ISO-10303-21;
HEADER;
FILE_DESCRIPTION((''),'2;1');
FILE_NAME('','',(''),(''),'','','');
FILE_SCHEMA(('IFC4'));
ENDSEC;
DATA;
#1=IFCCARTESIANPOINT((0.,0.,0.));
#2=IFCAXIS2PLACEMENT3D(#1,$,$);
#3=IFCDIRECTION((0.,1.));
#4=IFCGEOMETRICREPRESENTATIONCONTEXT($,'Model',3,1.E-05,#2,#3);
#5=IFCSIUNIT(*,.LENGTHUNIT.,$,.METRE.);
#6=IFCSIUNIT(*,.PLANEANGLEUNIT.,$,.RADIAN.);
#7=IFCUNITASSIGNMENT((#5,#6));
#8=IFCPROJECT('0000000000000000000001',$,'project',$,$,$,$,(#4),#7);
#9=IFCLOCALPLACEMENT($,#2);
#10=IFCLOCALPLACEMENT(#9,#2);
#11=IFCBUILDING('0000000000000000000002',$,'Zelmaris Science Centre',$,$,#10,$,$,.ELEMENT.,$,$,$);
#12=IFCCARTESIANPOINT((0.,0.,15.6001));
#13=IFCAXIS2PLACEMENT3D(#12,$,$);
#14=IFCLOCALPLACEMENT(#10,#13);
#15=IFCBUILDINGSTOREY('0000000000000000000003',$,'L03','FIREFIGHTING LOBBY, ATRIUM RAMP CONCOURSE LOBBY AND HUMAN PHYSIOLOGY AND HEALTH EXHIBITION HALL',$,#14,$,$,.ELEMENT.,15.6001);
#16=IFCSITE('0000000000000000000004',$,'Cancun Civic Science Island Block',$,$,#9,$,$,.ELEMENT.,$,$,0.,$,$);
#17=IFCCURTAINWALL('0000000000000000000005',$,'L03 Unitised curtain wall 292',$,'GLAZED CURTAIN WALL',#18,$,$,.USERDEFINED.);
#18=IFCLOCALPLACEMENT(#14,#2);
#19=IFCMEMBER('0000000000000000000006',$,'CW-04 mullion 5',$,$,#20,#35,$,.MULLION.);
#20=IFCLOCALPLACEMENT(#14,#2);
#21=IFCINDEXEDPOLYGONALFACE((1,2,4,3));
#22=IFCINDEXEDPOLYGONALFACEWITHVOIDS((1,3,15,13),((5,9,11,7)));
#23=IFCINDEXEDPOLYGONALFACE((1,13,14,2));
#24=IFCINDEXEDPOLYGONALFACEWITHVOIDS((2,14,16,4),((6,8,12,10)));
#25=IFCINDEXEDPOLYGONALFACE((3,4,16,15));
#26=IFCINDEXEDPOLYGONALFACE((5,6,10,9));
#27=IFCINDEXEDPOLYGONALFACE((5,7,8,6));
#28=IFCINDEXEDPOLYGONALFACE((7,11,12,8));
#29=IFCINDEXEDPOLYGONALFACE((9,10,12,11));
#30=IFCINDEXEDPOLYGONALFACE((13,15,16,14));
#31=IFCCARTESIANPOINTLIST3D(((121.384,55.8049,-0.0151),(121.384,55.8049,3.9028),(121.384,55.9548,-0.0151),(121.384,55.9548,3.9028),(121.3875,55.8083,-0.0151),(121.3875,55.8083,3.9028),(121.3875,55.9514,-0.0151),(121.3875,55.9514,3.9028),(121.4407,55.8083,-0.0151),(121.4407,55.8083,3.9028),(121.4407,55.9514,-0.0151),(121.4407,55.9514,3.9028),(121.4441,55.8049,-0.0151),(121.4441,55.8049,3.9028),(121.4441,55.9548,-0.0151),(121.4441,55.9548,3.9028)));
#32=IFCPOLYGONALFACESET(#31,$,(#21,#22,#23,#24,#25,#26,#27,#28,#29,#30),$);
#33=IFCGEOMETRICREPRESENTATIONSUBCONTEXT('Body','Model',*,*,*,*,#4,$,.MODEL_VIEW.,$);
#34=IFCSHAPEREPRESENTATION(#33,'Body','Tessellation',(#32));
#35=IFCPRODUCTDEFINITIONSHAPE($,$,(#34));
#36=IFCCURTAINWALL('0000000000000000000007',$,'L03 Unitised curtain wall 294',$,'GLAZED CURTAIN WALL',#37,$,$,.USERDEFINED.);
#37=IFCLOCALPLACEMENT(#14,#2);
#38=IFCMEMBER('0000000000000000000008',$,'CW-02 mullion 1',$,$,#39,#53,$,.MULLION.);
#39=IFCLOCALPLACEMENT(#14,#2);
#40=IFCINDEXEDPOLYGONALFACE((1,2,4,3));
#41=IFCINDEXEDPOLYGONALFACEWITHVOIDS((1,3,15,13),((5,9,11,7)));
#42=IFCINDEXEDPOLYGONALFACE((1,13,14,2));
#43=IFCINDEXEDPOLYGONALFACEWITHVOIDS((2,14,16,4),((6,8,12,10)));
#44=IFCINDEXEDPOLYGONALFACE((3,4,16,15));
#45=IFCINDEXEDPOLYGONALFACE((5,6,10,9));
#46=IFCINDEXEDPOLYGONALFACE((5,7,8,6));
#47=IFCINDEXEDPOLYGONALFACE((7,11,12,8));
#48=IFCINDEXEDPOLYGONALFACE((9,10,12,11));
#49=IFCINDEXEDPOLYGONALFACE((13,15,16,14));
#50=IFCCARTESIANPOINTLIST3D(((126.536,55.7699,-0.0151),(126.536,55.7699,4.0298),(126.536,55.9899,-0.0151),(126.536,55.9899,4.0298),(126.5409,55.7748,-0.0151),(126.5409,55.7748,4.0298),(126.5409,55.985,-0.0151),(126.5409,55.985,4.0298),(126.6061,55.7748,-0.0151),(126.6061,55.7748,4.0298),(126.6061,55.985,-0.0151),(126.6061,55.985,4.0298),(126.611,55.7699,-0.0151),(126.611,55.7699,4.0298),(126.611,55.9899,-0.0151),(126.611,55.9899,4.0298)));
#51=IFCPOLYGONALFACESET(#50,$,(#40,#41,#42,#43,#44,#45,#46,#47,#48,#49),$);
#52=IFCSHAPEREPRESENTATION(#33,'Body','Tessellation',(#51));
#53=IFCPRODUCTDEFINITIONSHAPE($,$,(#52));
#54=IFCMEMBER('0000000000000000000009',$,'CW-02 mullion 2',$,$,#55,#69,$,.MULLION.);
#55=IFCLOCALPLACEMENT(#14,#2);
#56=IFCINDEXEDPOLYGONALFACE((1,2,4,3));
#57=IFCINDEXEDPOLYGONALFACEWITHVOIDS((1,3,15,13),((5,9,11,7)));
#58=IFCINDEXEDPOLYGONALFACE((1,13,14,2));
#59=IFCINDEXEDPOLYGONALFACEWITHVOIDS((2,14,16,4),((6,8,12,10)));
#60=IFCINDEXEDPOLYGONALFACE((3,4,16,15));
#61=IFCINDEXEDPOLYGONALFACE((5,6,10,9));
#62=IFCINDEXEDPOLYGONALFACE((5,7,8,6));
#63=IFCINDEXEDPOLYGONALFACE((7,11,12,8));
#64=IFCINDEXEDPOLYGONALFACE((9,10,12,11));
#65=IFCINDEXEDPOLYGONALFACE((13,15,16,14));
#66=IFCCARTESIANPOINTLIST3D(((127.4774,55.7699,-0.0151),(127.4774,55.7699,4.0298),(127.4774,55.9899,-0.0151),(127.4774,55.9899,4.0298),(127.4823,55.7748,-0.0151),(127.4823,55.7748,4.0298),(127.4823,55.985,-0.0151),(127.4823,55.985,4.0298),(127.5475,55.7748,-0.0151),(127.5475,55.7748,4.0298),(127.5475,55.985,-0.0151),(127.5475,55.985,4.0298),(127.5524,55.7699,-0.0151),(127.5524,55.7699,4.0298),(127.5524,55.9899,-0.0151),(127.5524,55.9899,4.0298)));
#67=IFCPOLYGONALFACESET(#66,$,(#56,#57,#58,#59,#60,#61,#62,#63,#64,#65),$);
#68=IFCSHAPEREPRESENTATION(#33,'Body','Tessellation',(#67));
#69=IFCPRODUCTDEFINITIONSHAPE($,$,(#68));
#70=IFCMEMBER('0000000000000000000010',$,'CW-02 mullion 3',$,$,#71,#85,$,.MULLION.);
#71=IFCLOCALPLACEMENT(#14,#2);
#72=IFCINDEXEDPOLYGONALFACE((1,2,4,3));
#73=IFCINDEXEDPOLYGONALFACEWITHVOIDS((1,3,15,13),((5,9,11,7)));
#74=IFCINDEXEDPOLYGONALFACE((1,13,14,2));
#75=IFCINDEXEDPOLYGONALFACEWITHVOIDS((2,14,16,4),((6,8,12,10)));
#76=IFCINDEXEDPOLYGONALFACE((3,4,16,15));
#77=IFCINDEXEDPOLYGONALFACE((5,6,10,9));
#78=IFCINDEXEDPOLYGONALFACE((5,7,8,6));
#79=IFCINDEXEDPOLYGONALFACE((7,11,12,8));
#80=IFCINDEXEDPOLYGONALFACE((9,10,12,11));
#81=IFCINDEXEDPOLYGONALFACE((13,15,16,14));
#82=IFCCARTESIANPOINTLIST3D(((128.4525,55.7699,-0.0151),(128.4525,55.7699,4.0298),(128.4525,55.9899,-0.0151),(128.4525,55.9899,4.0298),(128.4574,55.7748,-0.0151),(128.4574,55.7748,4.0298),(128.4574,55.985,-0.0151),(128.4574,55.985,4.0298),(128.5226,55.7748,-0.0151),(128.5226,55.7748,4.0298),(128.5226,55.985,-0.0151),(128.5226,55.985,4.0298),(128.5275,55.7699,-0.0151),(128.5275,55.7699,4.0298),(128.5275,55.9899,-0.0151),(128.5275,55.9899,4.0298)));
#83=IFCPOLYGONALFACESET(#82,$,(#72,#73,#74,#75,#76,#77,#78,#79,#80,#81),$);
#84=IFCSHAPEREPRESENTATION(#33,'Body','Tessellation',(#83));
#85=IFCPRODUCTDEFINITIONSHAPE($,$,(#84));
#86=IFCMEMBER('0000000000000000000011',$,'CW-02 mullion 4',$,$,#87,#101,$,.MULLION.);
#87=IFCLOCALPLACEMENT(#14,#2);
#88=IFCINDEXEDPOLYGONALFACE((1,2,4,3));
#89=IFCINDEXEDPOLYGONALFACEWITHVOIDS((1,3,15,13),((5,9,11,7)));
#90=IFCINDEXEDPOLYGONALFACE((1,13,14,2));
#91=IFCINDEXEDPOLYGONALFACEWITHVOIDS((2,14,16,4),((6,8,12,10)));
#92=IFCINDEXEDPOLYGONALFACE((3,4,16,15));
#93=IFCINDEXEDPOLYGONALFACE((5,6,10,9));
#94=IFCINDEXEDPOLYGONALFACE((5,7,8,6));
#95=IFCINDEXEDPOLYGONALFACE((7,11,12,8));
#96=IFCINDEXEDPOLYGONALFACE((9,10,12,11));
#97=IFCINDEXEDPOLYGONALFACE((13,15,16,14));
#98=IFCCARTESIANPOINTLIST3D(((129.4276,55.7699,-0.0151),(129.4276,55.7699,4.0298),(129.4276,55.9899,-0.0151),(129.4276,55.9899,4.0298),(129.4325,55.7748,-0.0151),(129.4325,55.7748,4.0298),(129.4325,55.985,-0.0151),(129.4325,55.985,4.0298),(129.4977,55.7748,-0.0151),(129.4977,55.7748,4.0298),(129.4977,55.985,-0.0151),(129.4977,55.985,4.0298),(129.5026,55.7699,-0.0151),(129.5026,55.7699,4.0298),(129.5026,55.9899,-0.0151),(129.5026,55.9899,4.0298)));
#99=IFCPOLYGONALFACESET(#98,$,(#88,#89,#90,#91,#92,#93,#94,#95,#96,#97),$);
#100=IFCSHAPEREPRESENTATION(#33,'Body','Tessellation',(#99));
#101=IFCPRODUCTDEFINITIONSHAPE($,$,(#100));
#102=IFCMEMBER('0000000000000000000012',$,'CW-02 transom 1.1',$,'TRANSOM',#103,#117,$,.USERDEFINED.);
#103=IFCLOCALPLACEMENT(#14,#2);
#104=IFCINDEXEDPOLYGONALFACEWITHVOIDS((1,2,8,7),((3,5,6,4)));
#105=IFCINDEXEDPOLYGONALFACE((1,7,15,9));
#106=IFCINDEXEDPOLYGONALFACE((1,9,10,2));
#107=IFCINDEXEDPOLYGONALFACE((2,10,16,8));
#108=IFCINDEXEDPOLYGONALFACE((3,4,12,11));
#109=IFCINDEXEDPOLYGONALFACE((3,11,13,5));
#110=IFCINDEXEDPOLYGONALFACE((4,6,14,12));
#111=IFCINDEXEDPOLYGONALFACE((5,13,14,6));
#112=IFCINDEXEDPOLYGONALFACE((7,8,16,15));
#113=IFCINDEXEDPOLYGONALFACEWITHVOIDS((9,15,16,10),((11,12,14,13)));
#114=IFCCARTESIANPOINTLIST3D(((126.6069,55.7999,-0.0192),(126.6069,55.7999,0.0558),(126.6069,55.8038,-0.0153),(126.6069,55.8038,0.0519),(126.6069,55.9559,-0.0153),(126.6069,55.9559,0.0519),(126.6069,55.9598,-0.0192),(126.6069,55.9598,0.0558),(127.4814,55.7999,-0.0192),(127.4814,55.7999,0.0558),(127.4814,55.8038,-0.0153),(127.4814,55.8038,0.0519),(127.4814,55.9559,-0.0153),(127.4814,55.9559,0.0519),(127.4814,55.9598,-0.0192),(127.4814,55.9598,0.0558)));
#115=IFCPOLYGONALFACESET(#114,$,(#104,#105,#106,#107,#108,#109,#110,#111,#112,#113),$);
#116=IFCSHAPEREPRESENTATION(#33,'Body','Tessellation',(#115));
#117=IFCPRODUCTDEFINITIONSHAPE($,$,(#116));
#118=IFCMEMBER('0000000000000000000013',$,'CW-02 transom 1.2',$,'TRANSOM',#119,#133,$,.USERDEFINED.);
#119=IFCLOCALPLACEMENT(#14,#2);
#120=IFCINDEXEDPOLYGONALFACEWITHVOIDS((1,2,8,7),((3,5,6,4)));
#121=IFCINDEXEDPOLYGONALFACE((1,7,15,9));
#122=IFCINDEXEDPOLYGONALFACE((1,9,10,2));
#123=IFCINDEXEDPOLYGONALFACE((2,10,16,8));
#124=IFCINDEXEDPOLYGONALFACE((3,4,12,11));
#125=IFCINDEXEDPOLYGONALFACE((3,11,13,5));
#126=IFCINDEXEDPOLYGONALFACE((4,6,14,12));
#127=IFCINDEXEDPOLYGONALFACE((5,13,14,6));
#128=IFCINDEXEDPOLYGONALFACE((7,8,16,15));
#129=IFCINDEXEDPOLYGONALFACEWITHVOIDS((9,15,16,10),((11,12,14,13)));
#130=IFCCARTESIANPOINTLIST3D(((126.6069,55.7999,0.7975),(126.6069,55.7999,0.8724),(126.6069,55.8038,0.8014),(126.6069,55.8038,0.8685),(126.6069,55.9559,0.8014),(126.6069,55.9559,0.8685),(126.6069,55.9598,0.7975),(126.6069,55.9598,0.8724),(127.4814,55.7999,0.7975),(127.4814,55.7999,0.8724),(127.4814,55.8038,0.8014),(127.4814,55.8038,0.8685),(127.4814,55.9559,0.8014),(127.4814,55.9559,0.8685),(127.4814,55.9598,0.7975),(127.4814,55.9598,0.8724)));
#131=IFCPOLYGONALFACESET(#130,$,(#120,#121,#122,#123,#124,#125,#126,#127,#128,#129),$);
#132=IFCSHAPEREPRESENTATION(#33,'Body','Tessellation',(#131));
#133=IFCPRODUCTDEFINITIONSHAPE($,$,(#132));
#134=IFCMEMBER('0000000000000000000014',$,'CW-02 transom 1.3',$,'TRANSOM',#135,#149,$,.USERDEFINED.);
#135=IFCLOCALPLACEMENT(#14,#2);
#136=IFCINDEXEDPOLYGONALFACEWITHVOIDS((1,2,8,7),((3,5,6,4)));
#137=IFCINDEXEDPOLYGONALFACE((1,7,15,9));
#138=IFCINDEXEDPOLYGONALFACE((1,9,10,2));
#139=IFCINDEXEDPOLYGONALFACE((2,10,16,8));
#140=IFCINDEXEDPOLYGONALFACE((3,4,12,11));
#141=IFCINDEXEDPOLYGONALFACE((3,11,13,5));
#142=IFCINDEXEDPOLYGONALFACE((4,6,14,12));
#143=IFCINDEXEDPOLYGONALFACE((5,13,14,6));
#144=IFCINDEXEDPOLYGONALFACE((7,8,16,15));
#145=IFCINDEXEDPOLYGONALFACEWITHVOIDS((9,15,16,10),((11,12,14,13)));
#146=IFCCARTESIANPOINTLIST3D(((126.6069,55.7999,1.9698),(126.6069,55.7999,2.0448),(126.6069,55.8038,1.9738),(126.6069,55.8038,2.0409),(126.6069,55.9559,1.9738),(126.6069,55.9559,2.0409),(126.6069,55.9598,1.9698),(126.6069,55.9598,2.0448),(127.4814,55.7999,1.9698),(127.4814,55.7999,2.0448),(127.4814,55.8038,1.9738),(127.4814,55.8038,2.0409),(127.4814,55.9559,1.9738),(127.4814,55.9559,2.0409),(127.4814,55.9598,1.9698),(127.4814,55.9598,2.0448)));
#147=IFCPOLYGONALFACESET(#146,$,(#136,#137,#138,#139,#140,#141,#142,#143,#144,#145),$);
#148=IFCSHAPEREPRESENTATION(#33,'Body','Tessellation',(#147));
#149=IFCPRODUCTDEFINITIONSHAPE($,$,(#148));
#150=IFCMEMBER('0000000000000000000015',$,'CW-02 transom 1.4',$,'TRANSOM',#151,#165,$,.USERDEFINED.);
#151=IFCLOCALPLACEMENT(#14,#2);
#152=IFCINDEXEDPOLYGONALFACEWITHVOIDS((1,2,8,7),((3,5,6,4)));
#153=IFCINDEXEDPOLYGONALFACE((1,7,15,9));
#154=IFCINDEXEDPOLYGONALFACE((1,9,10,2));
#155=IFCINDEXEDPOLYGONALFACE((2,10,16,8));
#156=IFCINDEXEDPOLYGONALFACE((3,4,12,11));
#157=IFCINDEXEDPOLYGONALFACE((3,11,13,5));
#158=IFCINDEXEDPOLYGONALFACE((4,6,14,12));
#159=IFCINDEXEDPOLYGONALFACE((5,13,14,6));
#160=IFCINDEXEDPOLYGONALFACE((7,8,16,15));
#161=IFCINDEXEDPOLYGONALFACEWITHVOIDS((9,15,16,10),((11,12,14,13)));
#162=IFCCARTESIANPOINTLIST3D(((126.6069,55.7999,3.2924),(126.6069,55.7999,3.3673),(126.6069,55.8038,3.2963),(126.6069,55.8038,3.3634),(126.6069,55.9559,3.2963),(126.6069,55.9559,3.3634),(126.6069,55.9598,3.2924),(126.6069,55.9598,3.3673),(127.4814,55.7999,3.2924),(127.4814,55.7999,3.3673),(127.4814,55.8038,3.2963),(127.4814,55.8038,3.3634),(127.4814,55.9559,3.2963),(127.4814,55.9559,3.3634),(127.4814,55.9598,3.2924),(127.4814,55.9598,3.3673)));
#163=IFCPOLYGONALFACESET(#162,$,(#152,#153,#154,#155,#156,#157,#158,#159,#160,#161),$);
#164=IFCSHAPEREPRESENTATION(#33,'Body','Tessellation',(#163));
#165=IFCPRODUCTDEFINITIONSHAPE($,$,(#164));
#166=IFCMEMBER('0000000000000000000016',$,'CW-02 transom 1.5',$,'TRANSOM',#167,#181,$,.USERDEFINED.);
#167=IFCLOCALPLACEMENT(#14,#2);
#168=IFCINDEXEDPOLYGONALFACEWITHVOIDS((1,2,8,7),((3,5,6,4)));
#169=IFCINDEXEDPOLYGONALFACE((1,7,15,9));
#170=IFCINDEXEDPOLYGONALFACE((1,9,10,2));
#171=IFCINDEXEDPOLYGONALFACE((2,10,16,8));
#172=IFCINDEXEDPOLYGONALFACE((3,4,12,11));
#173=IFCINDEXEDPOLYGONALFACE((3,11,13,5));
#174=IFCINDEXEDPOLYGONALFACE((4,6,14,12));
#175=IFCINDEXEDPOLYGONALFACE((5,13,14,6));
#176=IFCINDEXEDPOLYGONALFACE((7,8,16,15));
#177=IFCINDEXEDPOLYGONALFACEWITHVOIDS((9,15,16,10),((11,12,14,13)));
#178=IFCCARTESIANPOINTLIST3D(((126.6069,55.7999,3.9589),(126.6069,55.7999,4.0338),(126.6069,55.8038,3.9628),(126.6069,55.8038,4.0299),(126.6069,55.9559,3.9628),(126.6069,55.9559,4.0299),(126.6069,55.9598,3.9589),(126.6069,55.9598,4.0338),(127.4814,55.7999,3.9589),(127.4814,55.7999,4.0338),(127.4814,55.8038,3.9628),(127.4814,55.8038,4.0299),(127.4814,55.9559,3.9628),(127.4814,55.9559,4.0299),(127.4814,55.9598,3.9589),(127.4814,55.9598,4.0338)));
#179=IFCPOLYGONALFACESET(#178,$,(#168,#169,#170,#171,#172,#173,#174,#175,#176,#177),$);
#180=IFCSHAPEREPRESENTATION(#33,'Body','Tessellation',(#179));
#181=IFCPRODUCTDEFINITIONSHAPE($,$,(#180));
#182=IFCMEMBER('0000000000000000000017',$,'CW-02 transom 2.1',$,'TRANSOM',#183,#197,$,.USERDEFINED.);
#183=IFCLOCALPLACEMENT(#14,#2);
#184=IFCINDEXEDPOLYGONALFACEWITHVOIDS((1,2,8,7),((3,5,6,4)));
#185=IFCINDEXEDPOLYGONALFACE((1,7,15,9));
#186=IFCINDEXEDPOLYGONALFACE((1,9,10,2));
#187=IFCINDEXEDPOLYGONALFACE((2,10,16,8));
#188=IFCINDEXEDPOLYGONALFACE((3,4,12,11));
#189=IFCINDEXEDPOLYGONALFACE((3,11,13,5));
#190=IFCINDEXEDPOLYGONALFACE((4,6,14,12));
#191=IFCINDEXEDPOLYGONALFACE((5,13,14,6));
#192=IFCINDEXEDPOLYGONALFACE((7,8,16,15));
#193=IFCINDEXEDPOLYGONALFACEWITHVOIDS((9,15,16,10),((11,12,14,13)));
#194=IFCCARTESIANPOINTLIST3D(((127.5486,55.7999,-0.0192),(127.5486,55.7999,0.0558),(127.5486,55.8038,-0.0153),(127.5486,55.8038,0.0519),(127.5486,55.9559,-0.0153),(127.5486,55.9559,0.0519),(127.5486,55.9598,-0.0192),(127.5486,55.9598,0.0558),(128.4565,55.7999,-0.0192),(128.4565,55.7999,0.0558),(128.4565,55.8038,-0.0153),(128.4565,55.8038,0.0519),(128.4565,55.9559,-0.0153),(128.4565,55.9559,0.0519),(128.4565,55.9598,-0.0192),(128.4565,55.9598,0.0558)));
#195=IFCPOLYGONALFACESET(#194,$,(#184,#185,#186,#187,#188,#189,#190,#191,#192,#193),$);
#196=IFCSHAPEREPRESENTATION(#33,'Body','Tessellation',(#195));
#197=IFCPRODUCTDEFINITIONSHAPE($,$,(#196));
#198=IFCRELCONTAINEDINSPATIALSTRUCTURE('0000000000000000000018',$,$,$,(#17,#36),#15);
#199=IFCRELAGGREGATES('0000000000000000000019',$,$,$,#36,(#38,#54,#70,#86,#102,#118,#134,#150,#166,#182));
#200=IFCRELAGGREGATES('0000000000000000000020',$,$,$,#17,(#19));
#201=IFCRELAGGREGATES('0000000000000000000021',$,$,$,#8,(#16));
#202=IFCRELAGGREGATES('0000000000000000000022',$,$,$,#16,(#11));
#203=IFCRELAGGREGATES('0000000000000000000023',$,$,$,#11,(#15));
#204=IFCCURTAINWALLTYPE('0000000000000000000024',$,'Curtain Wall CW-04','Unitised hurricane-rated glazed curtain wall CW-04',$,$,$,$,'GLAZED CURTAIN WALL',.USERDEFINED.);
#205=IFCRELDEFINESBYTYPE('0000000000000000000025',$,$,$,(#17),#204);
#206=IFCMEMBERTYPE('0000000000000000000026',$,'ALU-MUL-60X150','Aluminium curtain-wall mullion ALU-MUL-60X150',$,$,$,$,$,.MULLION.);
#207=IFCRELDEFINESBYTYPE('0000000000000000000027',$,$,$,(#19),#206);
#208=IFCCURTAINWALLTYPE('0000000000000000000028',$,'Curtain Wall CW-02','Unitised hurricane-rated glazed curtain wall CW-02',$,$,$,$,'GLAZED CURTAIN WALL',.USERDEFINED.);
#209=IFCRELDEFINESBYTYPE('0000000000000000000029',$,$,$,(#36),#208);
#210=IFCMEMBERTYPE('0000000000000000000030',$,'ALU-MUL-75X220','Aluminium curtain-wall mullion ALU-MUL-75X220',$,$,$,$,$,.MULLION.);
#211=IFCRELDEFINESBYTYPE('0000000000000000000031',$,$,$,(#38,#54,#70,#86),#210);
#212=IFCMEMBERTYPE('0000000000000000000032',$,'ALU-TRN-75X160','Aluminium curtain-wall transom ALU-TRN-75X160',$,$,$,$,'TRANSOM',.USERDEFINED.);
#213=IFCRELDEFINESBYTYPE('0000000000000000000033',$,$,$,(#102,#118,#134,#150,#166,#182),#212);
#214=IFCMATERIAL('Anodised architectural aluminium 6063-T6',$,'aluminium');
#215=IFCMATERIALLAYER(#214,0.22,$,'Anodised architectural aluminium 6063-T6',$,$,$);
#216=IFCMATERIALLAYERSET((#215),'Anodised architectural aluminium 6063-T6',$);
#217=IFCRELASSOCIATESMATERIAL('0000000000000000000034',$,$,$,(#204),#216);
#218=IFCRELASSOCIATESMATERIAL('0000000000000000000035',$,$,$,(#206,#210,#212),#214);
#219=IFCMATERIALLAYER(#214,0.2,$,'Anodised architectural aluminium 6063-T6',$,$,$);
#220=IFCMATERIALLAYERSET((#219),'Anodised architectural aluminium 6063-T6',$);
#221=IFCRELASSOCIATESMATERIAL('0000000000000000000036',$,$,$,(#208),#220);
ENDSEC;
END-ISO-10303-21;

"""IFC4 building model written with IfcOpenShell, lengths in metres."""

from ifc_helpers import new_model, si_unit, direction, frame, origin, origin_2d, place, context, subcontext, project, spatial, hollow_rectangle, extrude, material, layer, layer_set, material_profile, profile_set, type_object, element, aggregate, save


model = new_model("IFC4")

# Units and contexts
model_context = context("Model", 3, precision=1e-05, world=origin(), true_north=direction((0.0, 1.0)))
body_context = subcontext(model_context, "Body", "Model", "MODEL_VIEW")
ifc_project = project(units=[si_unit("LENGTHUNIT", "METRE"), si_unit("PLANEANGLEUNIT", "RADIAN")], contexts=[model_context])

# Site, building, storey
site_placement = place(None, origin())
site = spatial("IfcSite", under=ifc_project, at=site_placement, Name="Cancun Civic Science Island Block", CompositionType="ELEMENT", RefElevation=0.0)
building_placement = place(site_placement, origin())
building = spatial("IfcBuilding", under=site, at=building_placement, Name="Zelmaris Science Centre", CompositionType="ELEMENT")
storey_placement = place(building_placement, frame((0.0, 0.0, 15.6001)))
storey = spatial("IfcBuildingStorey", under=building, at=storey_placement, Name="L03", Description="FIREFIGHTING LOBBY, ATRIUM RAMP CONCOURSE LOBBY AND HUMAN PHYSIOLOGY AND HEALTH EXHIBITION HALL", CompositionType="ELEMENT", Elevation=15.6001)

# Curtain wall, member
ifc_material_1 = material(Name="Anodised architectural aluminium 6063-T6", Category="aluminium")
ifc_layer_1 = layer(ifc_material_1, 0.22, Name="Anodised architectural aluminium 6063-T6")
ifc_layer_set_1 = layer_set([ifc_layer_1], Name="Anodised architectural aluminium 6063-T6")
curtain_wall_type_1 = type_object("IfcCurtainWallType", Name="Curtain Wall CW-04", Description="Unitised hurricane-rated glazed curtain wall CW-04", ElementType="GLAZED CURTAIN WALL", PredefinedType="USERDEFINED", material=ifc_layer_set_1)
curtain_wall_1_placement = place(storey_placement, origin())
curtain_wall_1 = element("IfcCurtainWall", 1, at=curtain_wall_1_placement, inside=storey, type_object=curtain_wall_type_1, Name="L03 Unitised curtain wall 292", ObjectType="GLAZED CURTAIN WALL", PredefinedType="USERDEFINED")
ifc_material_profile_1 = material_profile(ifc_material_1, hollow_rectangle(XDim=0.0601, YDim=0.1499, WallThickness=0.0034, at=origin_2d()), Name="ALU-MUL-60X150")
ifc_profile_set_1 = profile_set([ifc_material_profile_1], Name="Anodised architectural aluminium 6063-T6")
member_type_1 = type_object("IfcMemberType", Name="ALU-MUL-60X150", Description="Aluminium curtain-wall mullion ALU-MUL-60X150", PredefinedType="MULLION", material=ifc_profile_set_1)
member_1_placement = place(storey_placement, frame((121.4141, 55.8799, -0.0151), z_axis=(0.0, 0.0, 1.0), x_axis=(1.0, -0.000003, 0.0)))
member_1 = element("IfcMember", 2, at=member_1_placement, type_object=member_type_1, Name="CW-04 mullion 5", PredefinedType="MULLION", context=body_context, shape_type="SweptSolid", body=[
    extrude(hollow_rectangle(XDim=0.0601, YDim=0.1499, WallThickness=0.0034, at=origin_2d()), origin(), (0.0, 0.0, 1.0), 3.918),
])

# Curtain wall, members
ifc_layer_2 = layer(ifc_material_1, 0.2, Name="Anodised architectural aluminium 6063-T6")
ifc_layer_set_2 = layer_set([ifc_layer_2], Name="Anodised architectural aluminium 6063-T6")
curtain_wall_type_2 = type_object("IfcCurtainWallType", Name="Curtain Wall CW-02", Description="Unitised hurricane-rated glazed curtain wall CW-02", ElementType="GLAZED CURTAIN WALL", PredefinedType="USERDEFINED", material=ifc_layer_set_2)
curtain_wall_2_placement = place(storey_placement, origin())
curtain_wall_2 = element("IfcCurtainWall", 3, at=curtain_wall_2_placement, inside=storey, type_object=curtain_wall_type_2, Name="L03 Unitised curtain wall 294", ObjectType="GLAZED CURTAIN WALL", PredefinedType="USERDEFINED")
ifc_material_profile_2 = material_profile(ifc_material_1, hollow_rectangle(XDim=0.075, YDim=0.22, WallThickness=0.0049, at=origin_2d()), Name="ALU-MUL-75X220")
ifc_profile_set_2 = profile_set([ifc_material_profile_2], Name="Anodised architectural aluminium 6063-T6")
member_type_2 = type_object("IfcMemberType", Name="ALU-MUL-75X220", Description="Aluminium curtain-wall mullion ALU-MUL-75X220", PredefinedType="MULLION", material=ifc_profile_set_2)
member_2_placement = place(storey_placement, frame((126.5735, 55.8799, -0.0151), z_axis=(0.0, 0.0, 1.0), x_axis=(1.0, -0.000003, 0.0)))
member_2 = element("IfcMember", 4, at=member_2_placement, type_object=member_type_2, Name="CW-02 mullion 1", PredefinedType="MULLION", context=body_context, shape_type="SweptSolid", body=[
    extrude(hollow_rectangle(XDim=0.075, YDim=0.22, WallThickness=0.0049, at=origin_2d()), origin(), (0.0, 0.0, 1.0), 4.0449),
])
member_3_placement = place(storey_placement, frame((127.5149, 55.8799, -0.0151), z_axis=(0.0, 0.0, 1.0), x_axis=(1.0, -0.000003, 0.0)))
member_3 = element("IfcMember", 5, at=member_3_placement, type_object=member_type_2, Name="CW-02 mullion 2", PredefinedType="MULLION", context=body_context, shape_type="SweptSolid", body=[
    extrude(hollow_rectangle(XDim=0.075, YDim=0.22, WallThickness=0.0049, at=origin_2d()), origin(), (0.0, 0.0, 1.0), 4.0449),
])
member_4_placement = place(storey_placement, frame((128.49, 55.8799, -0.0151), z_axis=(0.0, 0.0, 1.0), x_axis=(1.0, -0.000003, 0.0)))
member_4 = element("IfcMember", 6, at=member_4_placement, type_object=member_type_2, Name="CW-02 mullion 3", PredefinedType="MULLION", context=body_context, shape_type="SweptSolid", body=[
    extrude(hollow_rectangle(XDim=0.075, YDim=0.22, WallThickness=0.0049, at=origin_2d()), origin(), (0.0, 0.0, 1.0), 4.0449),
])
member_5_placement = place(storey_placement, frame((129.4651, 55.8799, -0.0151), z_axis=(0.0, 0.0, 1.0), x_axis=(1.0, -0.000003, 0.0)))
member_5 = element("IfcMember", 7, at=member_5_placement, type_object=member_type_2, Name="CW-02 mullion 4", PredefinedType="MULLION", context=body_context, shape_type="SweptSolid", body=[
    extrude(hollow_rectangle(XDim=0.075, YDim=0.22, WallThickness=0.0049, at=origin_2d()), origin(), (0.0, 0.0, 1.0), 4.0449),
])
ifc_material_profile_3 = material_profile(ifc_material_1, hollow_rectangle(XDim=0.075, YDim=0.1599, WallThickness=0.0039, at=origin_2d()), Name="ALU-TRN-75X160")
ifc_profile_set_3 = profile_set([ifc_material_profile_3], Name="Anodised architectural aluminium 6063-T6")
member_type_3 = type_object("IfcMemberType", Name="ALU-TRN-75X160", Description="Aluminium curtain-wall transom ALU-TRN-75X160", ElementType="TRANSOM", PredefinedType="USERDEFINED", material=ifc_profile_set_3)
member_6_placement = place(storey_placement, frame((126.6069, 55.8799, 0.0183), z_axis=(1.0, 0.0, 0.0), x_axis=(0.0, 0.0, 1.0)))
member_6 = element("IfcMember", 8, at=member_6_placement, type_object=member_type_3, Name="CW-02 transom 1.1", ObjectType="TRANSOM", PredefinedType="USERDEFINED", context=body_context, shape_type="SweptSolid", body=[
    extrude(hollow_rectangle(XDim=0.075, YDim=0.1599, WallThickness=0.0039, at=origin_2d()), origin(), (0.0, 0.0, 1.0), 0.8745),
])
member_7_placement = place(storey_placement, frame((126.6069, 55.8799, 0.835), z_axis=(1.0, 0.0, 0.0), x_axis=(0.0, 0.0, 1.0)))
member_7 = element("IfcMember", 9, at=member_7_placement, type_object=member_type_3, Name="CW-02 transom 1.2", ObjectType="TRANSOM", PredefinedType="USERDEFINED", context=body_context, shape_type="SweptSolid", body=[
    extrude(hollow_rectangle(XDim=0.075, YDim=0.1599, WallThickness=0.0039, at=origin_2d()), origin(), (0.0, 0.0, 1.0), 0.8745),
])
member_8_placement = place(storey_placement, frame((126.6069, 55.8799, 2.0073), z_axis=(1.0, 0.0, 0.0), x_axis=(0.0, 0.0, 1.0)))
member_8 = element("IfcMember", 10, at=member_8_placement, type_object=member_type_3, Name="CW-02 transom 1.3", ObjectType="TRANSOM", PredefinedType="USERDEFINED", context=body_context, shape_type="SweptSolid", body=[
    extrude(hollow_rectangle(XDim=0.075, YDim=0.1599, WallThickness=0.0039, at=origin_2d()), origin(), (0.0, 0.0, 1.0), 0.8745),
])
member_9_placement = place(storey_placement, frame((126.6069, 55.8799, 3.3298), z_axis=(1.0, 0.0, 0.0), x_axis=(0.0, 0.0, 1.0)))
member_9 = element("IfcMember", 11, at=member_9_placement, type_object=member_type_3, Name="CW-02 transom 1.4", ObjectType="TRANSOM", PredefinedType="USERDEFINED", context=body_context, shape_type="SweptSolid", body=[
    extrude(hollow_rectangle(XDim=0.075, YDim=0.1599, WallThickness=0.0039, at=origin_2d()), origin(), (0.0, 0.0, 1.0), 0.8745),
])
member_10_placement = place(storey_placement, frame((126.6069, 55.8799, 3.9963), z_axis=(1.0, 0.0, 0.0), x_axis=(0.0, 0.0, 1.0)))
member_10 = element("IfcMember", 12, at=member_10_placement, type_object=member_type_3, Name="CW-02 transom 1.5", ObjectType="TRANSOM", PredefinedType="USERDEFINED", context=body_context, shape_type="SweptSolid", body=[
    extrude(hollow_rectangle(XDim=0.075, YDim=0.1599, WallThickness=0.0039, at=origin_2d()), origin(), (0.0, 0.0, 1.0), 0.8745),
])
member_11_placement = place(storey_placement, frame((127.5486, 55.8799, 0.0183), z_axis=(1.0, 0.0, 0.0), x_axis=(0.0, 0.0, 1.0)))
member_11 = element("IfcMember", 13, at=member_11_placement, type_object=member_type_3, Name="CW-02 transom 2.1", ObjectType="TRANSOM", PredefinedType="USERDEFINED", context=body_context, shape_type="SweptSolid", body=[
    extrude(hollow_rectangle(XDim=0.075, YDim=0.1599, WallThickness=0.0039, at=origin_2d()), origin(), (0.0, 0.0, 1.0), 0.908),
])
aggregate(curtain_wall_2, [member_2, member_3, member_4, member_5, member_6, member_7, member_8, member_9, member_10, member_11])

aggregate(curtain_wall_1, [member_1])

save(model, "model.ifc")
